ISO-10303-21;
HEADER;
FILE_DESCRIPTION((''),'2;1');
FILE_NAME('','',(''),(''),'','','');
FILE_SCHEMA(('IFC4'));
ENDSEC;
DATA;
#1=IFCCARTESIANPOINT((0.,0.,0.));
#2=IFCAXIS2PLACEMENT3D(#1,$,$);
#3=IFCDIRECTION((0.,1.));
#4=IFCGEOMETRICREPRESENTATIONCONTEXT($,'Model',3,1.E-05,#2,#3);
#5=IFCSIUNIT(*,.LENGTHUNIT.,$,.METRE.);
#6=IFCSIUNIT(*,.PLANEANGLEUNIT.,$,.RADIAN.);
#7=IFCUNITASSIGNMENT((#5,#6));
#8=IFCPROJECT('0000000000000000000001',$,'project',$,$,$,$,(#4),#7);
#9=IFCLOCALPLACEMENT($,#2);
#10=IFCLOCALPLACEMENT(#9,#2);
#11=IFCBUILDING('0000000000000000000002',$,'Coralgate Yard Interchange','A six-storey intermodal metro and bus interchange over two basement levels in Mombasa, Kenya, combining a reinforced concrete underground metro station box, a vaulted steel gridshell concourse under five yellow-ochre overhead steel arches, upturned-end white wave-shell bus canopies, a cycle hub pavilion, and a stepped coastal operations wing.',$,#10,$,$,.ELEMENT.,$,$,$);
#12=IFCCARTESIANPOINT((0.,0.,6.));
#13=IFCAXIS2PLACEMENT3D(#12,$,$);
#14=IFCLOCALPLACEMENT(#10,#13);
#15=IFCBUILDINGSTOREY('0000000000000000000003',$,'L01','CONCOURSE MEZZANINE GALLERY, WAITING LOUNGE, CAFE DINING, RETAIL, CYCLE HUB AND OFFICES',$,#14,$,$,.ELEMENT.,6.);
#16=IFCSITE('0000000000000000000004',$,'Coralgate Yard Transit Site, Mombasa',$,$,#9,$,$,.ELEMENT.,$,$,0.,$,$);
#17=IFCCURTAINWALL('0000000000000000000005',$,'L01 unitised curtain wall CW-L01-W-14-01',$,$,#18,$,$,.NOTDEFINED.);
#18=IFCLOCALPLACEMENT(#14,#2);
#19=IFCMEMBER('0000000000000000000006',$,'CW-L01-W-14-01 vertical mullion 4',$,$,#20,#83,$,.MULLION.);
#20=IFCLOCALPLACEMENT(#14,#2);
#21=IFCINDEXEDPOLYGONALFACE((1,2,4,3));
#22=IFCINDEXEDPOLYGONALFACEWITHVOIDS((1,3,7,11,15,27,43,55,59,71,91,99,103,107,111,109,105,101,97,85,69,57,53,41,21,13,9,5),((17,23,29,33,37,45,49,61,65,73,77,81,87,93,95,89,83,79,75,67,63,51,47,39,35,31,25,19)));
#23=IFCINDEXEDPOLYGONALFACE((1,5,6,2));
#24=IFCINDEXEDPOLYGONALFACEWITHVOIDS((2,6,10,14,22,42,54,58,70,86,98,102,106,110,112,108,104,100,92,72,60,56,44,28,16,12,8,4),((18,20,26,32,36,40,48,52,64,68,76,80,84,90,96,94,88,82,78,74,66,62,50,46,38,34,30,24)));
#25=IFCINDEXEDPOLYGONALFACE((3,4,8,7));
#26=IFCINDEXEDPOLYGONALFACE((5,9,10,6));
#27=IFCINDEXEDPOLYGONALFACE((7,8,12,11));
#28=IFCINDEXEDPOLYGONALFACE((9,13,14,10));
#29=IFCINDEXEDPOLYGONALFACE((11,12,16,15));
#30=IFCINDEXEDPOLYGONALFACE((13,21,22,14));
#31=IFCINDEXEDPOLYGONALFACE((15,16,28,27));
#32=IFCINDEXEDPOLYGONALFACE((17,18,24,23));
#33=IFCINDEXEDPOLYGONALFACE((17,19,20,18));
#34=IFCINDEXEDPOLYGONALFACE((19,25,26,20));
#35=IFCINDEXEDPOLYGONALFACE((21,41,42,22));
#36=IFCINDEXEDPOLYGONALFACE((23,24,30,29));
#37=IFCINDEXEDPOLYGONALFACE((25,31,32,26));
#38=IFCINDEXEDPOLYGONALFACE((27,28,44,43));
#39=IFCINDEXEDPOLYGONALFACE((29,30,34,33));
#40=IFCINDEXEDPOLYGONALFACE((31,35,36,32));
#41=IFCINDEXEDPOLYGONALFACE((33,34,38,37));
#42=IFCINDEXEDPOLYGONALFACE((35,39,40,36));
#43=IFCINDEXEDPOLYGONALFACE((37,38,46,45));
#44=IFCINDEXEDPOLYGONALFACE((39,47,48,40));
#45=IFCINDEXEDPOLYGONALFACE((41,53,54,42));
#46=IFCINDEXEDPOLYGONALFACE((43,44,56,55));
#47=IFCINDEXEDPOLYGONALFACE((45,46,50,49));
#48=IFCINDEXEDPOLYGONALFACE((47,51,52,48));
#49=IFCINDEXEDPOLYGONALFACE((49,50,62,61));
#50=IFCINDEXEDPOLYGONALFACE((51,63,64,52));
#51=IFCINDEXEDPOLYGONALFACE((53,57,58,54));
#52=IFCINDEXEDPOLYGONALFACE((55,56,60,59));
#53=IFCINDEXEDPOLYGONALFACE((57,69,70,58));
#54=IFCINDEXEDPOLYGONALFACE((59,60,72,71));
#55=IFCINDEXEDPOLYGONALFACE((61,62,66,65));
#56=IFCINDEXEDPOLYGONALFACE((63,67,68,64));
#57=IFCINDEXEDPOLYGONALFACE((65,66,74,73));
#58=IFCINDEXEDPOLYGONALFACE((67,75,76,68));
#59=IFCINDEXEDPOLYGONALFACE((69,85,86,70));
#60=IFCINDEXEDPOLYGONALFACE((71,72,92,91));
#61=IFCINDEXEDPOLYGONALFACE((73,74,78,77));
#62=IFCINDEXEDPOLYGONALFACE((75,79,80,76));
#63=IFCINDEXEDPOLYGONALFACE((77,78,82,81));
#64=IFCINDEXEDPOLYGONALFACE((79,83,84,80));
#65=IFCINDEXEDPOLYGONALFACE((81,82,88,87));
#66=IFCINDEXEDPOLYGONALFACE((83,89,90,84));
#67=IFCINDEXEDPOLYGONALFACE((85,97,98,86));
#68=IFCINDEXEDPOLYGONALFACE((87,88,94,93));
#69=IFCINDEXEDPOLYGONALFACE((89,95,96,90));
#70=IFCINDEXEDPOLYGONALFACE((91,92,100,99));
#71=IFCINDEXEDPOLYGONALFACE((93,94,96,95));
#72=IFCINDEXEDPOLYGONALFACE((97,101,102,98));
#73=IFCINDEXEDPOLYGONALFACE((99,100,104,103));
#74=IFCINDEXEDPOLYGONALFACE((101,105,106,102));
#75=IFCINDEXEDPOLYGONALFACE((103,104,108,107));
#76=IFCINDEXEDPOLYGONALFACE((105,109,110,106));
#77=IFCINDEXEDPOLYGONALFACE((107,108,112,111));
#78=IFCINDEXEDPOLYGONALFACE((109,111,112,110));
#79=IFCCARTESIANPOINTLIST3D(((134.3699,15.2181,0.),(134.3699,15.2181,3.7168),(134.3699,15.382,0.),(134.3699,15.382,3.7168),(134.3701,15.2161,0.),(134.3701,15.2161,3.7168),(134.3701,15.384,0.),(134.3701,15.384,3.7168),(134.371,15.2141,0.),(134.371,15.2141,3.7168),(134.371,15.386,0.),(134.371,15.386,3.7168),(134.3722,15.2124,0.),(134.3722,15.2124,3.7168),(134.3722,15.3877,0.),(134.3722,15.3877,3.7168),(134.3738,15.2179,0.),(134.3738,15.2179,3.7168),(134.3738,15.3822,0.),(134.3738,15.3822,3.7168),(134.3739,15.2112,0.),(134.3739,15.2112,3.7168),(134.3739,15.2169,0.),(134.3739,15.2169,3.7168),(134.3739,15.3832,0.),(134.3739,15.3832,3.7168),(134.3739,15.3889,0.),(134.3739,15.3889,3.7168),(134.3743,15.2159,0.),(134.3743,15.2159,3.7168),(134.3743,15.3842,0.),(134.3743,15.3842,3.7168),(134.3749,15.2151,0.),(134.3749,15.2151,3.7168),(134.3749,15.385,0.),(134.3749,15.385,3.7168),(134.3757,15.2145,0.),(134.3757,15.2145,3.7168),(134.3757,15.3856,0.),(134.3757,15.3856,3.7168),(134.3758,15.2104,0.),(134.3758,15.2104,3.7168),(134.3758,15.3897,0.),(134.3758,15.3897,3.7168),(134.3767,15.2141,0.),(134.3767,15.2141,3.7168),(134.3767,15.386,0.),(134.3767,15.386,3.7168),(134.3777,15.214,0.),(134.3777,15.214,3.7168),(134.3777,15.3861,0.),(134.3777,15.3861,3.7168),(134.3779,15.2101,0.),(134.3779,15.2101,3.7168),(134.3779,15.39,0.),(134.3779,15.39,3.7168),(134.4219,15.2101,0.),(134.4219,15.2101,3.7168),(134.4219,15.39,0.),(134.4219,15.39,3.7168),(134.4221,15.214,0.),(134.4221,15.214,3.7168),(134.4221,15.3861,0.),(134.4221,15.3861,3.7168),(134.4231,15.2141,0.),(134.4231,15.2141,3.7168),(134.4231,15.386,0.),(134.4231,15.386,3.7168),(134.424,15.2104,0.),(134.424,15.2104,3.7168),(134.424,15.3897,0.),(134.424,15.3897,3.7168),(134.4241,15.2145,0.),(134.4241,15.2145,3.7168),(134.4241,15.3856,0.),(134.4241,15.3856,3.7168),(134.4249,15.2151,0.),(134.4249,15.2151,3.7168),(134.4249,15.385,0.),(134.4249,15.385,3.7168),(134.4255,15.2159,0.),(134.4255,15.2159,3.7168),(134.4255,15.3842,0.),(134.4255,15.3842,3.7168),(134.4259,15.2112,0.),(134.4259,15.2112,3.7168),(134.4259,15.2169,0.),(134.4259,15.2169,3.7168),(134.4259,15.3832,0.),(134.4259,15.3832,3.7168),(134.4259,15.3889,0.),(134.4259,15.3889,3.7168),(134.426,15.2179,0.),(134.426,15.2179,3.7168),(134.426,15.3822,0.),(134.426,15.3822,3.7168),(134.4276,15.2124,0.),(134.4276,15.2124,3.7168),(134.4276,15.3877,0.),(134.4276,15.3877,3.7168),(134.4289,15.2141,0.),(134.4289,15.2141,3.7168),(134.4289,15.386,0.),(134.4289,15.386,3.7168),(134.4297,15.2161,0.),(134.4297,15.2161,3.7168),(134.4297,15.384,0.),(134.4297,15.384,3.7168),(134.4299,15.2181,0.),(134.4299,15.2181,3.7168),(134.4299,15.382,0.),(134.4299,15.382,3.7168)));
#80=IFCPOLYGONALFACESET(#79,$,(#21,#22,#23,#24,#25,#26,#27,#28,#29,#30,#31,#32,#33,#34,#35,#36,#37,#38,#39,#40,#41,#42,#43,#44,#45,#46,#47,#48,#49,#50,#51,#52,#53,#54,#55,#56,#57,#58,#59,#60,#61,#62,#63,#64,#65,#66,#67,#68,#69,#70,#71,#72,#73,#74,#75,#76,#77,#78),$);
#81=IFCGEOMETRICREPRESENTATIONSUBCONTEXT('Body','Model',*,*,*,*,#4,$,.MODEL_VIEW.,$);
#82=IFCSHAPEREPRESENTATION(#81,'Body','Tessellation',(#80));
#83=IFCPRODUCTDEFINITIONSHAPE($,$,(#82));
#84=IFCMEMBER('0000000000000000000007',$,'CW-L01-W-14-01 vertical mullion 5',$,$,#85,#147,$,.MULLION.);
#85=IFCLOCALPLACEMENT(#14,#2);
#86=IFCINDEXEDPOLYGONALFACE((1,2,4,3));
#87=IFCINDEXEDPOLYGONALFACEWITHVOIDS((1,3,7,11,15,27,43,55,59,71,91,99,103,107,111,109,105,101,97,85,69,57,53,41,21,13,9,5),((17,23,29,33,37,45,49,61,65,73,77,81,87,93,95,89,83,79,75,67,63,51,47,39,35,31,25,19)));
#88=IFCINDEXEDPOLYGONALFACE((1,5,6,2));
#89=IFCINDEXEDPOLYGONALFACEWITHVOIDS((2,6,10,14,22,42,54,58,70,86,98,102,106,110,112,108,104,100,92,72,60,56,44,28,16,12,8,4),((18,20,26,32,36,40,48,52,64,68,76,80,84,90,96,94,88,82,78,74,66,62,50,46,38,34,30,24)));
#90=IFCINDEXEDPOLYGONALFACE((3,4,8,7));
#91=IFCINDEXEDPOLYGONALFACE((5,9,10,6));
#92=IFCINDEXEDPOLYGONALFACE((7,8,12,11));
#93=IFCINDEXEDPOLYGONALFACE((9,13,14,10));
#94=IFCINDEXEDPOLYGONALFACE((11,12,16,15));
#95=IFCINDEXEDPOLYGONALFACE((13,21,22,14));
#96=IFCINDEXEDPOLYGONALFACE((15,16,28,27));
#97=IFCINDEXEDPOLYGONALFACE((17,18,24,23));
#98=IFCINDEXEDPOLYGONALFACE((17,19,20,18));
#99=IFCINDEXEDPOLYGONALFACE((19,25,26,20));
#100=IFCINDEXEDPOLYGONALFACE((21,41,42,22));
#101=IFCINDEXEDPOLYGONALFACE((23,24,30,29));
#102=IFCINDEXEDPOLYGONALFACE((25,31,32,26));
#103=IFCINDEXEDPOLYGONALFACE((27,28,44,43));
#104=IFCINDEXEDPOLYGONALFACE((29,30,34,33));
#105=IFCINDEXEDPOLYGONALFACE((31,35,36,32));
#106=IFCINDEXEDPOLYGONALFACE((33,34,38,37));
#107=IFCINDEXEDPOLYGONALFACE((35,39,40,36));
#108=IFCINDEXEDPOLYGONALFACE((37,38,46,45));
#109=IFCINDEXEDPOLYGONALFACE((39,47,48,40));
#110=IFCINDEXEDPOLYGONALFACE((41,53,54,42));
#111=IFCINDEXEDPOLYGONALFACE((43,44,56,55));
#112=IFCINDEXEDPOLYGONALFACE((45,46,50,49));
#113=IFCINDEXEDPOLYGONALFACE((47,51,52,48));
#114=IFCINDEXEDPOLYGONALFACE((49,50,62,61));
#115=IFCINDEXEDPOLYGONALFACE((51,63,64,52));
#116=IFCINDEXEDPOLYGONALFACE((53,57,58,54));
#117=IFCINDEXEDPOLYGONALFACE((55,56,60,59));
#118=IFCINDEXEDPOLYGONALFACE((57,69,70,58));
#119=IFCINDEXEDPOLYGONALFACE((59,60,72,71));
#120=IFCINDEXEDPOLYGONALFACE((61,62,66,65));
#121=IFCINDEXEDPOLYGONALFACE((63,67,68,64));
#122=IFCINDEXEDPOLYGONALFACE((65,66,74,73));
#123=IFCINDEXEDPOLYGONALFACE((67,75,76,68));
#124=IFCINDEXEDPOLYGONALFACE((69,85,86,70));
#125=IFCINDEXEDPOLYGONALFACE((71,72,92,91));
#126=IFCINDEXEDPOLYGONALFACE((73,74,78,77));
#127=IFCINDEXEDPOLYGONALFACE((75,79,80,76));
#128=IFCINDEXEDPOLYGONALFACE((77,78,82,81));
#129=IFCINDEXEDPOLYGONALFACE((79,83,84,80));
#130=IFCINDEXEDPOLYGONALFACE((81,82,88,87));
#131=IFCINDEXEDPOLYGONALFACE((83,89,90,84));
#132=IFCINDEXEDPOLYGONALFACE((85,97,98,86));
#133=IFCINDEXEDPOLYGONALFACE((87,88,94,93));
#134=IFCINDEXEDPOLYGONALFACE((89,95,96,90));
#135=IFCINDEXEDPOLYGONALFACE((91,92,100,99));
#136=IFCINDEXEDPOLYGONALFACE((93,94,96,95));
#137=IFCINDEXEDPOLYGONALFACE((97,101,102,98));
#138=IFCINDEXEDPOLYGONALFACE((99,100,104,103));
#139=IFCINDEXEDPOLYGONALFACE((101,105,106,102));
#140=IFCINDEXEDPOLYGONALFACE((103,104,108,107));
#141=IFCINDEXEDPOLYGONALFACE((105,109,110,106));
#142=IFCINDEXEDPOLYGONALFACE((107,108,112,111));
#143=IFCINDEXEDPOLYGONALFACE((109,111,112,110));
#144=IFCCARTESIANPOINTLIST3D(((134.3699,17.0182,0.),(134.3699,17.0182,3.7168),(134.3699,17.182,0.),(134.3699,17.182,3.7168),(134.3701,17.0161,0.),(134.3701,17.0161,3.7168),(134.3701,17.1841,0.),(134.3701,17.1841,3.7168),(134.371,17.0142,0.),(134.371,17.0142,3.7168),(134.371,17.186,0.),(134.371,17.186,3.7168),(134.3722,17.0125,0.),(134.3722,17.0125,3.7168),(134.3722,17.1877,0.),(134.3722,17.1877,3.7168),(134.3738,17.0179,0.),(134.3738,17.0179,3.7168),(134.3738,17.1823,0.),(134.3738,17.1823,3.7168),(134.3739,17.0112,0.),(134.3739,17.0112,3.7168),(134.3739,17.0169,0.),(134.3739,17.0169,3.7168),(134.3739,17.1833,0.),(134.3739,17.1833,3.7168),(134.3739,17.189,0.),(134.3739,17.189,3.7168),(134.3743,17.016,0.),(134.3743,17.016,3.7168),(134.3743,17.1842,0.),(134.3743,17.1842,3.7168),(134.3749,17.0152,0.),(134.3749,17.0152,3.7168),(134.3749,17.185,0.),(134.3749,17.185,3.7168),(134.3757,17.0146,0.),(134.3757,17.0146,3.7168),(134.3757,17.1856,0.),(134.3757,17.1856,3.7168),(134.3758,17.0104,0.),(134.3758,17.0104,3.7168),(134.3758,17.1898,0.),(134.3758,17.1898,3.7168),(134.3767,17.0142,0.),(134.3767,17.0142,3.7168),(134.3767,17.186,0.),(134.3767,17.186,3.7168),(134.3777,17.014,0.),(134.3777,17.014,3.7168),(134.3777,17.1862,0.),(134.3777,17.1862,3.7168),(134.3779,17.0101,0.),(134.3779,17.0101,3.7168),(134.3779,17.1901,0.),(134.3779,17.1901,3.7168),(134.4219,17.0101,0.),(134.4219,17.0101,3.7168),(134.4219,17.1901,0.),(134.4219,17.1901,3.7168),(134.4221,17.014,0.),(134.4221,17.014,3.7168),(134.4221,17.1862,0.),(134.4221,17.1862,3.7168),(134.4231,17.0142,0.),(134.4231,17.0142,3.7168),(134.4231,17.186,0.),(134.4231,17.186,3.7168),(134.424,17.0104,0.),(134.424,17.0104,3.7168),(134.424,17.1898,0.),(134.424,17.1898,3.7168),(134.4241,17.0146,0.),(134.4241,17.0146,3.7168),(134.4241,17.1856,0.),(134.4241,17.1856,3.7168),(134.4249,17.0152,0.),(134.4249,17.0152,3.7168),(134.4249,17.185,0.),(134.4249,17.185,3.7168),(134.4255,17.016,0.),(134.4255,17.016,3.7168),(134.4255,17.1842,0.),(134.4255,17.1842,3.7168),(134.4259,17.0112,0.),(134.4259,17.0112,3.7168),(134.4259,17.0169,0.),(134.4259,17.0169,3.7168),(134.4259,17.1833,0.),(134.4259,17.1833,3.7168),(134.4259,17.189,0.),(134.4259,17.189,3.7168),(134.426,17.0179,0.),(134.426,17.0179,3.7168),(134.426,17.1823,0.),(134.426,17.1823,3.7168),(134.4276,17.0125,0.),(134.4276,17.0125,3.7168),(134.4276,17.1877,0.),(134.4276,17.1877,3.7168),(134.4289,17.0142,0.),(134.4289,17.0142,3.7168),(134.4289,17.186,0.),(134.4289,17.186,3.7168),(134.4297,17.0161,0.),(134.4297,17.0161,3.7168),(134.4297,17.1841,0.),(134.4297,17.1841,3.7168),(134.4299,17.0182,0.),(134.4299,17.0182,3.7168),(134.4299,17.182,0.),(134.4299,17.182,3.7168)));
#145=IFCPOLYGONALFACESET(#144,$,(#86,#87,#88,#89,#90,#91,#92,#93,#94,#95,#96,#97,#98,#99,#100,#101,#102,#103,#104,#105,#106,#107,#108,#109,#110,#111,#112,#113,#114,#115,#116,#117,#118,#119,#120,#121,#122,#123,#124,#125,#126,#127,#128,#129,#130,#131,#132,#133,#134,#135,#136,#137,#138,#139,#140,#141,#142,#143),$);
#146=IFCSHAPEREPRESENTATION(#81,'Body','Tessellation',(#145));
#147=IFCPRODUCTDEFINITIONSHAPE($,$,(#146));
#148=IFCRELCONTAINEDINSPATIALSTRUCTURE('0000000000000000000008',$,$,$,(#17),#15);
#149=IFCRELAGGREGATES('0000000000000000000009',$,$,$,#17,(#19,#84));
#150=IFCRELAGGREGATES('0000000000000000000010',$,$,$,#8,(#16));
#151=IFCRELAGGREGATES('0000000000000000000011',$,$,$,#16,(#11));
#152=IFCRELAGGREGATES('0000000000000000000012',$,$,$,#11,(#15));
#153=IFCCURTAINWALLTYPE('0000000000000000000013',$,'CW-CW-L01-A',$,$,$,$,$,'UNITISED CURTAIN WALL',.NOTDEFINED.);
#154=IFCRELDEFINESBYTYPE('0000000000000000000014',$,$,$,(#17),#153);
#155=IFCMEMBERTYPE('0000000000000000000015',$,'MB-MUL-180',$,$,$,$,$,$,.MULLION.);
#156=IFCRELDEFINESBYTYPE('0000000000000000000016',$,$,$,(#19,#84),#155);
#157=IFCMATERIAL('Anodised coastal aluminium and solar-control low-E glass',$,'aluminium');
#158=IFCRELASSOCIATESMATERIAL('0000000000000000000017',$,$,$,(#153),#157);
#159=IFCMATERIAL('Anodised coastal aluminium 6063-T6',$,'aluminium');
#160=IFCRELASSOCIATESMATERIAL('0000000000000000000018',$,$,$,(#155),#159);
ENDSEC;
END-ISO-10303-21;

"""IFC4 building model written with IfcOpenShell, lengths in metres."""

from ifc_helpers import new_model, si_unit, direction, frame, origin, origin_2d, place, context, subcontext, project, spatial, hollow_rectangle, extrude, material, material_profile, profile_set, type_object, element, aggregate, save


model = new_model("IFC4")

# Units and contexts
model_context = context("Model", 3, precision=1e-05, world=origin(), true_north=direction((0.0, 1.0)))
body_context = subcontext(model_context, "Body", "Model", "MODEL_VIEW")
ifc_project = project(units=[si_unit("LENGTHUNIT", "METRE"), si_unit("PLANEANGLEUNIT", "RADIAN")], contexts=[model_context])

# Site, building, storey
site_placement = place(None, origin())
site = spatial("IfcSite", under=ifc_project, at=site_placement, Name="Coralgate Yard Transit Site, Mombasa", CompositionType="ELEMENT", RefElevation=0.0)
building_placement = place(site_placement, origin())
building = spatial("IfcBuilding", under=site, at=building_placement, Name="Coralgate Yard Interchange", Description="A six-storey intermodal metro and bus interchange over two basement levels in Mombasa, Kenya, combining a reinforced concrete underground metro station box, a vaulted steel gridshell concourse under five yellow-ochre overhead steel arches, upturned-end white wave-shell bus canopies, a cycle hub pavilion, and a stepped coastal operations wing.", CompositionType="ELEMENT")
storey_placement = place(building_placement, frame((0.0, 0.0, 6.0)))
storey = spatial("IfcBuildingStorey", under=building, at=storey_placement, Name="L01", Description="CONCOURSE MEZZANINE GALLERY, WAITING LOUNGE, CAFE DINING, RETAIL, CYCLE HUB AND OFFICES", CompositionType="ELEMENT", Elevation=6.0)

# Curtain wall, members
ifc_material_1 = material(Name="Anodised coastal aluminium and solar-control low-E glass", Category="aluminium")
curtain_wall_type_1 = type_object("IfcCurtainWallType", Name="CW-CW-L01-A", ElementType="UNITISED CURTAIN WALL", PredefinedType="NOTDEFINED", material=ifc_material_1)
curtain_wall_1_placement = place(storey_placement, origin())
curtain_wall_1 = element("IfcCurtainWall", 1, at=curtain_wall_1_placement, inside=storey, type_object=curtain_wall_type_1, Name="L01 unitised curtain wall CW-L01-W-14-01", PredefinedType="NOTDEFINED")
ifc_material_2 = material(Name="Anodised coastal aluminium 6063-T6", Category="aluminium")
ifc_material_profile_1 = material_profile(ifc_material_2, hollow_rectangle(XDim=0.0601, YDim=0.1799, WallThickness=0.0039, InnerFilletRadius=0.0039, OuterFilletRadius=0.0081, at=origin_2d()), Name="ALU 60x180x4")
ifc_profile_set_1 = profile_set([ifc_material_profile_1], Name="Anodised coastal aluminium 6063-T6")
member_type_1 = type_object("IfcMemberType", Name="MB-MUL-180", PredefinedType="MULLION", material=ifc_profile_set_1)
member_1_placement = place(storey_placement, frame((134.3999, 15.3, 0.0), z_axis=(0.0, 0.0, 1.0), x_axis=(1.0, 0.0, 0.0)))
member_1 = element("IfcMember", 2, at=member_1_placement, type_object=member_type_1, Name="CW-L01-W-14-01 vertical mullion 4", PredefinedType="MULLION", context=body_context, shape_type="SweptSolid", body=[
    extrude(hollow_rectangle(XDim=0.0601, YDim=0.1799, WallThickness=0.0039, InnerFilletRadius=0.0039, OuterFilletRadius=0.0081, at=origin_2d()), origin(), (0.0, 0.0, 1.0), 3.7168),
])
member_2_placement = place(storey_placement, frame((134.3999, 17.1001, 0.0), z_axis=(0.0, 0.0, 1.0), x_axis=(1.0, 0.0, 0.0)))
member_2 = element("IfcMember", 3, at=member_2_placement, type_object=member_type_1, Name="CW-L01-W-14-01 vertical mullion 5", PredefinedType="MULLION", context=body_context, shape_type="SweptSolid", body=[
    extrude(hollow_rectangle(XDim=0.0601, YDim=0.1799, WallThickness=0.0039, InnerFilletRadius=0.0039, OuterFilletRadius=0.0081, at=origin_2d()), origin(), (0.0, 0.0, 1.0), 3.7168),
])

aggregate(curtain_wall_1, [member_1, member_2])

save(model, "model.ifc")
